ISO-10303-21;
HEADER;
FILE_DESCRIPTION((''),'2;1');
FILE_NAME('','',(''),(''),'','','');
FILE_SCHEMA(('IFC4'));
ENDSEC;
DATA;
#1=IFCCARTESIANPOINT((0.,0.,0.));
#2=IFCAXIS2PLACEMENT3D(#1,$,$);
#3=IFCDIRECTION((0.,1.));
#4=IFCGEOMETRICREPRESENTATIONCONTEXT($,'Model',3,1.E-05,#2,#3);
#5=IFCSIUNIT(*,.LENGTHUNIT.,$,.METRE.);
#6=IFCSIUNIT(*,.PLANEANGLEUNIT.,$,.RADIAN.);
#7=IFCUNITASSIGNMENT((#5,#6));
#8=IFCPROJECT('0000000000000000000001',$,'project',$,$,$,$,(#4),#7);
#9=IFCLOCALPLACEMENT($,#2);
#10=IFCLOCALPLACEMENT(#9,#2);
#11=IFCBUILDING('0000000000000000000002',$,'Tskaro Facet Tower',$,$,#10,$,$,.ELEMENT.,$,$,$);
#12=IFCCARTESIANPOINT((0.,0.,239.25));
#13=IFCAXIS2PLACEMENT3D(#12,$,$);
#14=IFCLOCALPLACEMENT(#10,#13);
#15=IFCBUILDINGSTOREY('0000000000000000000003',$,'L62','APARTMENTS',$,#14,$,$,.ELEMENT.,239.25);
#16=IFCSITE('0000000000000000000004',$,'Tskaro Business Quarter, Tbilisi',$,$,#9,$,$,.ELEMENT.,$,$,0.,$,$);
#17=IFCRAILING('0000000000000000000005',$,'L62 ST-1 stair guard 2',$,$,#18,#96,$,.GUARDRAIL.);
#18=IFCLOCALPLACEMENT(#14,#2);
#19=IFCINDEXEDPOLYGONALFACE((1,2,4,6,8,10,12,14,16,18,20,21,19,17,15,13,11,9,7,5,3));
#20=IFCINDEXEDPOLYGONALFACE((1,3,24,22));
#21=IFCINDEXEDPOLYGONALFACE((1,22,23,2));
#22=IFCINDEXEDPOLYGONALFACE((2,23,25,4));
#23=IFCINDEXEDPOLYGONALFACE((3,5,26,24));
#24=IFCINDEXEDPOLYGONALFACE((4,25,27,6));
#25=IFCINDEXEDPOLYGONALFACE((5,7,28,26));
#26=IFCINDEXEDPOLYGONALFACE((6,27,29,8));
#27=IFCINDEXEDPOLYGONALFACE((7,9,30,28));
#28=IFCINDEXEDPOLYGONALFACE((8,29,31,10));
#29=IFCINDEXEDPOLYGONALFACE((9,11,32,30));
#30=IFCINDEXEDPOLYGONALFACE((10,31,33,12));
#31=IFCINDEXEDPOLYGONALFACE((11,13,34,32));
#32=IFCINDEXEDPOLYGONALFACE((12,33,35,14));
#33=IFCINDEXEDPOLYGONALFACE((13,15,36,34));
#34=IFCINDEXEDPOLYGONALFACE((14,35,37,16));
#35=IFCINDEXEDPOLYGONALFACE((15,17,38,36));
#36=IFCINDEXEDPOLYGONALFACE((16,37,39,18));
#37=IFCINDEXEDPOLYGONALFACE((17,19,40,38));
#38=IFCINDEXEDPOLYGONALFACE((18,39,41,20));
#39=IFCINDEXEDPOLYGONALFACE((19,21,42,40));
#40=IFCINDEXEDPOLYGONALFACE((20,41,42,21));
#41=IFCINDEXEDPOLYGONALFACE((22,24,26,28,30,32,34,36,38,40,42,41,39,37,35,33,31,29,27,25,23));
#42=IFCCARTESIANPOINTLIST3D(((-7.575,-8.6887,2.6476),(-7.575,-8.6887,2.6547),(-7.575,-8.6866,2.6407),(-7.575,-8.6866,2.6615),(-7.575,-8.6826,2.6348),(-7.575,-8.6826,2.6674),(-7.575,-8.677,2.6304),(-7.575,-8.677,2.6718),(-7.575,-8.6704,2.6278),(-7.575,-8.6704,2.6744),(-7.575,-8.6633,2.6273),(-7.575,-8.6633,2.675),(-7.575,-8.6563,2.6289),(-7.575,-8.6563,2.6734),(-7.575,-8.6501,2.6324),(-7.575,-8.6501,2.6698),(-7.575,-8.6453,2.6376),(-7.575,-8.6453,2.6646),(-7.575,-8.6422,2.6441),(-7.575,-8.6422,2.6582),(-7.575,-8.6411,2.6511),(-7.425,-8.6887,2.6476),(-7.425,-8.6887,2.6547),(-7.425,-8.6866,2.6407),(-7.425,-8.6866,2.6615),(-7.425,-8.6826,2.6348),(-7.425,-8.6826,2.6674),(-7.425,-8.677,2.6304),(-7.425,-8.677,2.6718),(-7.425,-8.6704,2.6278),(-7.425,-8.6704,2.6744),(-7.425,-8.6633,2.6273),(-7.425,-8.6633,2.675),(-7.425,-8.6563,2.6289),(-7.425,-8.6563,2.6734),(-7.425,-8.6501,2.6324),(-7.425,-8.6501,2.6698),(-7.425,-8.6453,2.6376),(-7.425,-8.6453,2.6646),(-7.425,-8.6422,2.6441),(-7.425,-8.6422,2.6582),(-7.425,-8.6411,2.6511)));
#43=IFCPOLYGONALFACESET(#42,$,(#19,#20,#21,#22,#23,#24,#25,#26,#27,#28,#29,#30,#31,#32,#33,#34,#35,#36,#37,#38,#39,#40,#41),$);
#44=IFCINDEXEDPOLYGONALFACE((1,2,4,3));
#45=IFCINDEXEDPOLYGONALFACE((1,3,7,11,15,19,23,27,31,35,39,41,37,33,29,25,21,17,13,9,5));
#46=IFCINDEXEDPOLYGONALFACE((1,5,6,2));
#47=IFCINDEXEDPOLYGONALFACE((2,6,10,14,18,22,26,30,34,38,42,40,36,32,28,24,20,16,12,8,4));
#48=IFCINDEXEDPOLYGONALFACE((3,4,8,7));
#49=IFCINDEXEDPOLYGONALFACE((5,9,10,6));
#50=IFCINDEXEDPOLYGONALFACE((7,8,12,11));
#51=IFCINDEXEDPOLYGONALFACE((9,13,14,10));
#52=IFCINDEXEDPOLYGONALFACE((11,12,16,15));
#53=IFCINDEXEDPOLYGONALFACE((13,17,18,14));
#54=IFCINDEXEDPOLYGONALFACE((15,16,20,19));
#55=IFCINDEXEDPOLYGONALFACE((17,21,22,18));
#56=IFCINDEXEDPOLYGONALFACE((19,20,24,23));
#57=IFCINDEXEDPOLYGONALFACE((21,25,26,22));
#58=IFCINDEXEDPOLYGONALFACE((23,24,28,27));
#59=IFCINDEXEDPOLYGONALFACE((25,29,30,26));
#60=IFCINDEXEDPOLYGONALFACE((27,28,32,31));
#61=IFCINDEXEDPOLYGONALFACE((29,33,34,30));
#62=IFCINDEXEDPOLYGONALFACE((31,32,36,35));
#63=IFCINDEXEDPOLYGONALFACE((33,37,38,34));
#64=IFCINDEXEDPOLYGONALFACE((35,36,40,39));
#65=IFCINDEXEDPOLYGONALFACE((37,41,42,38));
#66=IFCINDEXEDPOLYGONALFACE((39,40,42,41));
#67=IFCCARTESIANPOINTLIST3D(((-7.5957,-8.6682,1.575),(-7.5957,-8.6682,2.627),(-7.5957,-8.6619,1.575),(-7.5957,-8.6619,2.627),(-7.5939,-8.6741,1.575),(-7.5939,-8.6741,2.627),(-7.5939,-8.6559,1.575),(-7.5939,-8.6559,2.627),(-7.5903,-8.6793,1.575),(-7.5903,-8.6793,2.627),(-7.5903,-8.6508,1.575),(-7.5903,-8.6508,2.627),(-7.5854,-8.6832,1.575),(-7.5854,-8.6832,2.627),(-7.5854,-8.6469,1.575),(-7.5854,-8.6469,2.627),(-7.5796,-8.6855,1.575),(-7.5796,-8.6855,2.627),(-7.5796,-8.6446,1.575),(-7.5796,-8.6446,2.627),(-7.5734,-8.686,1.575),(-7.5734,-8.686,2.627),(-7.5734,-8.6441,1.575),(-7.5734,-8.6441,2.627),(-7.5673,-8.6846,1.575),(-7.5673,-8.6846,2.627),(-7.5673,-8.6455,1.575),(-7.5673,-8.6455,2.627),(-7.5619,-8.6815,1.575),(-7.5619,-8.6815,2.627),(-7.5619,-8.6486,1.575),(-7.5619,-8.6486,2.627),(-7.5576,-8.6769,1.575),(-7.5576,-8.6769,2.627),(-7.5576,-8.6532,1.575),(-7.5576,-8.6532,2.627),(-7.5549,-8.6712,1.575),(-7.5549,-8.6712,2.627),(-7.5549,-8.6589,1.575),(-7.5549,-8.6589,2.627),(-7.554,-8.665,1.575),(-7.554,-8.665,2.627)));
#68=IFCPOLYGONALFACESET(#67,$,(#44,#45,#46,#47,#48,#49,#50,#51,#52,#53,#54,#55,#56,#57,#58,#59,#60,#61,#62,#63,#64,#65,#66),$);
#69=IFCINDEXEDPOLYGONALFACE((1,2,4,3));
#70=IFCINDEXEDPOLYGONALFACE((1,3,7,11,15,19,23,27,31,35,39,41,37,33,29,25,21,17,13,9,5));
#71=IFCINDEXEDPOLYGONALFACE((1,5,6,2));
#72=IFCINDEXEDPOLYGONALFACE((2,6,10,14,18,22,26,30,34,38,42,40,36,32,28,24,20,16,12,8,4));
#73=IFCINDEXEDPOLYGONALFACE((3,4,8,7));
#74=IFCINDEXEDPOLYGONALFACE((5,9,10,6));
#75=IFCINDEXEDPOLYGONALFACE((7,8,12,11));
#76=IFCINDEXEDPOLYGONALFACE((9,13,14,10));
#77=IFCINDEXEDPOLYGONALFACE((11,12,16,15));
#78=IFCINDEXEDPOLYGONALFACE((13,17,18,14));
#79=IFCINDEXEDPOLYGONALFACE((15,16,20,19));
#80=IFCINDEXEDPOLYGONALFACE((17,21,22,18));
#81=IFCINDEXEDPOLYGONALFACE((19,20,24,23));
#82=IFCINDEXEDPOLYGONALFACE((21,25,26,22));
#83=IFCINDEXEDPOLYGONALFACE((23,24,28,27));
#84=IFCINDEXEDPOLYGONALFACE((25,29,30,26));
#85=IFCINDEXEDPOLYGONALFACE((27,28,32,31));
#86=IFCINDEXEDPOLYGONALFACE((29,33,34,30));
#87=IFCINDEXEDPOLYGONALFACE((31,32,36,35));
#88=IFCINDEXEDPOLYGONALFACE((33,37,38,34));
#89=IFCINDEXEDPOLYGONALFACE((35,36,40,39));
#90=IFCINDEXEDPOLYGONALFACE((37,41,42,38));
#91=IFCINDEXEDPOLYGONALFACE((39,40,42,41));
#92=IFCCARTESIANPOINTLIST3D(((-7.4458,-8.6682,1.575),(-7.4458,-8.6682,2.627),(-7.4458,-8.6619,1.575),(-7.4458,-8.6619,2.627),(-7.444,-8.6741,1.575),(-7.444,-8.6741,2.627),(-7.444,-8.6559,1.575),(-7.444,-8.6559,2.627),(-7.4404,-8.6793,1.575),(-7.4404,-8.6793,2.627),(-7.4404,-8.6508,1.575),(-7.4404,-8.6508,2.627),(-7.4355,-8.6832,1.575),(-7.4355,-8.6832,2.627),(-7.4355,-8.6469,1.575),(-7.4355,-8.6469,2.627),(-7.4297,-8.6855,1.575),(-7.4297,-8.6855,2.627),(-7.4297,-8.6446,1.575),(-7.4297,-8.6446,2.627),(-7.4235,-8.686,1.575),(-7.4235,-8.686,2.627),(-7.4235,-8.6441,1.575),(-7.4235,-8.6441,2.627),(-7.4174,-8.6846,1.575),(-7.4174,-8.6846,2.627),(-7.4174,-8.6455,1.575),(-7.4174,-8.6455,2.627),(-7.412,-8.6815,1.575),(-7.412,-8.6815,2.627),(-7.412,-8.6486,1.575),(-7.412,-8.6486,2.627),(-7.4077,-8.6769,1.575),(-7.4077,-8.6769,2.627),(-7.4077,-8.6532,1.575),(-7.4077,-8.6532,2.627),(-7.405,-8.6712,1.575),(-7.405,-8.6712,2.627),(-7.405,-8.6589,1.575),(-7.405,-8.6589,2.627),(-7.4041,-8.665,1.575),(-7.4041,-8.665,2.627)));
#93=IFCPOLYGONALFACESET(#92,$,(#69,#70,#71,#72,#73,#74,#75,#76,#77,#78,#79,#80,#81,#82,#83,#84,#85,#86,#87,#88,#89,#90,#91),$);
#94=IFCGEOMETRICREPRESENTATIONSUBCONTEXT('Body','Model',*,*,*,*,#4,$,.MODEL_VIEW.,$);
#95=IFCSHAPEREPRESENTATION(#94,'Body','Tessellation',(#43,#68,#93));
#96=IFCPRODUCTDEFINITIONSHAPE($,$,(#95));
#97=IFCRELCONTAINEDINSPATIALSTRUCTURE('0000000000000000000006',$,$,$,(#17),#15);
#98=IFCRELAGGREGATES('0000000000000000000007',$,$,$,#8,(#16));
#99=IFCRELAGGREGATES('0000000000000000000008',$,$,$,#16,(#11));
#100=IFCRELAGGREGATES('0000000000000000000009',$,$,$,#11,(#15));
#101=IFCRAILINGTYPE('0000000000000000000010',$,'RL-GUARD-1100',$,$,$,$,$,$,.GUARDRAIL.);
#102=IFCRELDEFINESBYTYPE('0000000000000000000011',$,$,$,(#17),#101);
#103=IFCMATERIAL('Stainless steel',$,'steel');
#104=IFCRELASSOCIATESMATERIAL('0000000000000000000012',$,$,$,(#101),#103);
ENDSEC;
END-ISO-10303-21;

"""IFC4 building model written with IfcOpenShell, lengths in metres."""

from ifc_helpers import new_model, si_unit, direction, frame, origin, origin_2d, place, context, subcontext, project, spatial, circle, extrude, material, type_object, element, save


model = new_model("IFC4")

# Units and contexts
model_context = context("Model", 3, precision=1e-05, world=origin(), true_north=direction((0.0, 1.0)))
body_context = subcontext(model_context, "Body", "Model", "MODEL_VIEW")
ifc_project = project(units=[si_unit("LENGTHUNIT", "METRE"), si_unit("PLANEANGLEUNIT", "RADIAN")], contexts=[model_context])

# Site, building, storey
site_placement = place(None, origin())
site = spatial("IfcSite", under=ifc_project, at=site_placement, Name="Tskaro Business Quarter, Tbilisi", CompositionType="ELEMENT", RefElevation=0.0)
building_placement = place(site_placement, origin())
building = spatial("IfcBuilding", under=site, at=building_placement, Name="Tskaro Facet Tower", CompositionType="ELEMENT")
storey_placement = place(building_placement, frame((0.0, 0.0, 239.25)))
storey = spatial("IfcBuildingStorey", under=building, at=storey_placement, Name="L62", Description="APARTMENTS", CompositionType="ELEMENT", Elevation=239.25)

# Shared definitions
ifc_material_1 = material(Name="Stainless steel", Category="steel")

# Railing
railing_type_1 = type_object("IfcRailingType", Name="RL-GUARD-1100", PredefinedType="GUARDRAIL", material=ifc_material_1)
railing_1_placement = place(storey_placement, frame((-7.575, -8.665, 1.575)))
element("IfcRailing", 1, at=railing_1_placement, inside=storey, type_object=railing_type_1, Name="L62 ST-1 stair guard 2", PredefinedType="GUARDRAIL", context=body_context, shape_type="SweptSolid", body=[
    extrude(circle(Radius=0.0239, at=origin_2d()), frame((0.0, 0.0, 1.0762), z_axis=(1.0, 0.0, 0.0), x_axis=(0.0, 1.0, 0.0)), (0.0, 0.0, 1.0), 0.1499),
    extrude(circle(Radius=0.021, at=origin_2d()), origin(), (0.0, 0.0, 1.0), 1.052),
    extrude(circle(Radius=0.021, at=origin_2d()), frame((0.1499, 0.0, 0.0)), (0.0, 0.0, 1.0), 1.052),
])

save(model, "model.ifc")
